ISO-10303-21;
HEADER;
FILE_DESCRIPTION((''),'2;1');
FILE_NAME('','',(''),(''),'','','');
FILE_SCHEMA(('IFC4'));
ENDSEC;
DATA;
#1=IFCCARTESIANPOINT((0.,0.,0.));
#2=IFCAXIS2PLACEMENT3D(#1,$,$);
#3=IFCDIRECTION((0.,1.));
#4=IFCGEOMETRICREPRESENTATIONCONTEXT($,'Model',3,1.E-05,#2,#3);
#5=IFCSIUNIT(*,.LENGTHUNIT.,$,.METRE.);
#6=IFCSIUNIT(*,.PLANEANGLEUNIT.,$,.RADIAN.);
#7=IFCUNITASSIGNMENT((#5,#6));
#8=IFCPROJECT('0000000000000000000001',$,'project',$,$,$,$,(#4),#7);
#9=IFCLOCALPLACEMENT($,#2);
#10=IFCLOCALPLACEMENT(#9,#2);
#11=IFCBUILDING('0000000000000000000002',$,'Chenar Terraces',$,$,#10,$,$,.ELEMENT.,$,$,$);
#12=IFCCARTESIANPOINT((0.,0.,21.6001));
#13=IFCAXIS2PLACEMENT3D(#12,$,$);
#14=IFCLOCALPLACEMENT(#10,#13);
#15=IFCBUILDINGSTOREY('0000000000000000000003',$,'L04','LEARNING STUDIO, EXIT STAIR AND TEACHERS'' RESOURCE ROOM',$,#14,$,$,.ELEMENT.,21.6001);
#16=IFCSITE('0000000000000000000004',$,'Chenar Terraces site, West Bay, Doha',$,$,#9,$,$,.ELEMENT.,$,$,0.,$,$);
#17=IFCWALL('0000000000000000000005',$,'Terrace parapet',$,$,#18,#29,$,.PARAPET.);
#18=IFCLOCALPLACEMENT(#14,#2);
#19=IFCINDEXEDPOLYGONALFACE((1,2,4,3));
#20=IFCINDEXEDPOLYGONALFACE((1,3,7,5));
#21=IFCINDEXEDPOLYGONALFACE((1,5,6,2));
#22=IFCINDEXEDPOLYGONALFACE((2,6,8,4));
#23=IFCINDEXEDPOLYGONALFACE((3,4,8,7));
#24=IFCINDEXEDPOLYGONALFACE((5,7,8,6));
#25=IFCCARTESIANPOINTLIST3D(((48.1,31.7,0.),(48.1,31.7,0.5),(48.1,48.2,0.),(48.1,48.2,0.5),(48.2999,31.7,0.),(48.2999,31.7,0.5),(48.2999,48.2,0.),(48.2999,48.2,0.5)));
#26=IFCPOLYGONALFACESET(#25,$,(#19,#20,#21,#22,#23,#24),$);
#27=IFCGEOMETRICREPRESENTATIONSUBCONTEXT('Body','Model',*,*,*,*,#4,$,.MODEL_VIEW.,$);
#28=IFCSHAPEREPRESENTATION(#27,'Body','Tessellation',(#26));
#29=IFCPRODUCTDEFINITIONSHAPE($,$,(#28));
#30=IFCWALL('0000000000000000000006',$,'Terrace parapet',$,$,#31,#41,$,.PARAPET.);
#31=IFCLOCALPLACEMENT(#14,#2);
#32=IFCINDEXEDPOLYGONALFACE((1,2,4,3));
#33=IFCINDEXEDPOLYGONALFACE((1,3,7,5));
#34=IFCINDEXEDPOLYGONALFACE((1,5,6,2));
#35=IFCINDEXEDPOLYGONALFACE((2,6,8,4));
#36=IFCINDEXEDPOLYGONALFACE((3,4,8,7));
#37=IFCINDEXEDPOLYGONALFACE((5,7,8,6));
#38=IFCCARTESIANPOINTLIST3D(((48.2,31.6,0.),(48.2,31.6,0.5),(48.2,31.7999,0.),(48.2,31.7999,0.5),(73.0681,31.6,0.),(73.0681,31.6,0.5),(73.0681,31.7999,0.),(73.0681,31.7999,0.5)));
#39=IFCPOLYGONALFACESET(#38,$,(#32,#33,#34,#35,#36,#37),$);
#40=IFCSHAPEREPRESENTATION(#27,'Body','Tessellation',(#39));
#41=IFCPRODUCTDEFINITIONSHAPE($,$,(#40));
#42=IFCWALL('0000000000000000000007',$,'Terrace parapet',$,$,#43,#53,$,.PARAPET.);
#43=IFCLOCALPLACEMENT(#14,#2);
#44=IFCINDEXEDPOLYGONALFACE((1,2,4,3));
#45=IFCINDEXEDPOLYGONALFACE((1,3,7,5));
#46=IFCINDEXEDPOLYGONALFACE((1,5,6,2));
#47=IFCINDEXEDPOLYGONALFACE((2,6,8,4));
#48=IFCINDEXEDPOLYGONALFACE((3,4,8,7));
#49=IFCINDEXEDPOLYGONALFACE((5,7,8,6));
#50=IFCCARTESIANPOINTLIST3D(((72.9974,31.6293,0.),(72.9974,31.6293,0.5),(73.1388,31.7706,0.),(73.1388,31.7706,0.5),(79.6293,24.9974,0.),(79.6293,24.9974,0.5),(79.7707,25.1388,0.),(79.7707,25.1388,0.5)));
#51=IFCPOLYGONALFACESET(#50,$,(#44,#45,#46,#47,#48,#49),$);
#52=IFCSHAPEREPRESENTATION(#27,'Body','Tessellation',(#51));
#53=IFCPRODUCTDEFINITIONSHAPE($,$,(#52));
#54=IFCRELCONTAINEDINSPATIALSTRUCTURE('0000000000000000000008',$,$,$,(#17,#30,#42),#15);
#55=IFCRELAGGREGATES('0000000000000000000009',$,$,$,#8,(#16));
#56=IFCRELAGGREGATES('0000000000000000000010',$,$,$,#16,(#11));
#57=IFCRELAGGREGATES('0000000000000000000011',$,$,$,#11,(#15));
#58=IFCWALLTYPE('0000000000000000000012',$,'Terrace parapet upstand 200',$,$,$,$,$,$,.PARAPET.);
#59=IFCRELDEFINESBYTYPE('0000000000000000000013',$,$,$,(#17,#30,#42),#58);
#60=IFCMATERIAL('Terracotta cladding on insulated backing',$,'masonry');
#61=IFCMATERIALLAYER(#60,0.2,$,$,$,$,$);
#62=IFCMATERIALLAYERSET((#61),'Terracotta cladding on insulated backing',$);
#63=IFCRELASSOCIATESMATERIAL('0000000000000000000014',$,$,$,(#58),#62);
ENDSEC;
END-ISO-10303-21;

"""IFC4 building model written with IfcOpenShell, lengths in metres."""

from ifc_helpers import new_model, si_unit, direction, frame, frame_2d, origin, place, context, subcontext, project, spatial, rectangle, extrude, material, layer, layer_set, type_object, element, save


model = new_model("IFC4")

# Units and contexts
model_context = context("Model", 3, precision=1e-05, world=origin(), true_north=direction((0.0, 1.0)))
body_context = subcontext(model_context, "Body", "Model", "MODEL_VIEW")
ifc_project = project(units=[si_unit("LENGTHUNIT", "METRE"), si_unit("PLANEANGLEUNIT", "RADIAN")], contexts=[model_context])

# Site, building, storey
site_placement = place(None, origin())
site = spatial("IfcSite", under=ifc_project, at=site_placement, Name="Chenar Terraces site, West Bay, Doha", CompositionType="ELEMENT", RefElevation=0.0)
building_placement = place(site_placement, origin())
building = spatial("IfcBuilding", under=site, at=building_placement, Name="Chenar Terraces", CompositionType="ELEMENT")
storey_placement = place(building_placement, frame((0.0, 0.0, 21.6001)))
storey = spatial("IfcBuildingStorey", under=building, at=storey_placement, Name="L04", Description="LEARNING STUDIO, EXIT STAIR AND TEACHERS' RESOURCE ROOM", CompositionType="ELEMENT", Elevation=21.6001)

# Walls
ifc_material_1 = material(Name="Terracotta cladding on insulated backing", Category="masonry")
ifc_layer_1 = layer(ifc_material_1, 0.2)
ifc_layer_set_1 = layer_set([ifc_layer_1], Name="Terracotta cladding on insulated backing")
wall_type_1 = type_object("IfcWallType", Name="Terrace parapet upstand 200", PredefinedType="PARAPET", material=ifc_layer_set_1)
wall_1_placement = place(storey_placement, frame((48.2, 48.2, 0.0), z_axis=(0.0, 0.0, 1.0), x_axis=(0.0, -1.0, 0.0)))
element("IfcWall", 1, at=wall_1_placement, inside=storey, type_object=wall_type_1, Name="Terrace parapet", PredefinedType="PARAPET", context=body_context, shape_type="SweptSolid", body=[
    extrude(rectangle(XDim=16.5, YDim=0.2, at=frame_2d((8.25, 0.0))), origin(), (0.0, 0.0, 1.0), 0.5),
])
wall_2_placement = place(storey_placement, frame((48.2, 31.7, 0.0), z_axis=(0.0, 0.0, 1.0), x_axis=(1.0, 0.0, 0.0)))
element("IfcWall", 2, at=wall_2_placement, inside=storey, type_object=wall_type_1, Name="Terrace parapet", PredefinedType="PARAPET", context=body_context, shape_type="SweptSolid", body=[
    extrude(rectangle(XDim=24.8682, YDim=0.2, at=frame_2d((12.4341, 0.0))), origin(), (0.0, 0.0, 1.0), 0.5),
])
wall_3_placement = place(storey_placement, frame((73.0681, 31.7, 0.0), z_axis=(0.0, 0.0, 1.0), x_axis=(0.707107, -0.707107, 0.0)))
element("IfcWall", 3, at=wall_3_placement, inside=storey, type_object=wall_type_1, Name="Terrace parapet", PredefinedType="PARAPET", context=body_context, shape_type="SweptSolid", body=[
    extrude(rectangle(XDim=9.3789, YDim=0.2, at=frame_2d((4.6895, 0.0))), origin(), (0.0, 0.0, 1.0), 0.5),
])

save(model, "model.ifc")
